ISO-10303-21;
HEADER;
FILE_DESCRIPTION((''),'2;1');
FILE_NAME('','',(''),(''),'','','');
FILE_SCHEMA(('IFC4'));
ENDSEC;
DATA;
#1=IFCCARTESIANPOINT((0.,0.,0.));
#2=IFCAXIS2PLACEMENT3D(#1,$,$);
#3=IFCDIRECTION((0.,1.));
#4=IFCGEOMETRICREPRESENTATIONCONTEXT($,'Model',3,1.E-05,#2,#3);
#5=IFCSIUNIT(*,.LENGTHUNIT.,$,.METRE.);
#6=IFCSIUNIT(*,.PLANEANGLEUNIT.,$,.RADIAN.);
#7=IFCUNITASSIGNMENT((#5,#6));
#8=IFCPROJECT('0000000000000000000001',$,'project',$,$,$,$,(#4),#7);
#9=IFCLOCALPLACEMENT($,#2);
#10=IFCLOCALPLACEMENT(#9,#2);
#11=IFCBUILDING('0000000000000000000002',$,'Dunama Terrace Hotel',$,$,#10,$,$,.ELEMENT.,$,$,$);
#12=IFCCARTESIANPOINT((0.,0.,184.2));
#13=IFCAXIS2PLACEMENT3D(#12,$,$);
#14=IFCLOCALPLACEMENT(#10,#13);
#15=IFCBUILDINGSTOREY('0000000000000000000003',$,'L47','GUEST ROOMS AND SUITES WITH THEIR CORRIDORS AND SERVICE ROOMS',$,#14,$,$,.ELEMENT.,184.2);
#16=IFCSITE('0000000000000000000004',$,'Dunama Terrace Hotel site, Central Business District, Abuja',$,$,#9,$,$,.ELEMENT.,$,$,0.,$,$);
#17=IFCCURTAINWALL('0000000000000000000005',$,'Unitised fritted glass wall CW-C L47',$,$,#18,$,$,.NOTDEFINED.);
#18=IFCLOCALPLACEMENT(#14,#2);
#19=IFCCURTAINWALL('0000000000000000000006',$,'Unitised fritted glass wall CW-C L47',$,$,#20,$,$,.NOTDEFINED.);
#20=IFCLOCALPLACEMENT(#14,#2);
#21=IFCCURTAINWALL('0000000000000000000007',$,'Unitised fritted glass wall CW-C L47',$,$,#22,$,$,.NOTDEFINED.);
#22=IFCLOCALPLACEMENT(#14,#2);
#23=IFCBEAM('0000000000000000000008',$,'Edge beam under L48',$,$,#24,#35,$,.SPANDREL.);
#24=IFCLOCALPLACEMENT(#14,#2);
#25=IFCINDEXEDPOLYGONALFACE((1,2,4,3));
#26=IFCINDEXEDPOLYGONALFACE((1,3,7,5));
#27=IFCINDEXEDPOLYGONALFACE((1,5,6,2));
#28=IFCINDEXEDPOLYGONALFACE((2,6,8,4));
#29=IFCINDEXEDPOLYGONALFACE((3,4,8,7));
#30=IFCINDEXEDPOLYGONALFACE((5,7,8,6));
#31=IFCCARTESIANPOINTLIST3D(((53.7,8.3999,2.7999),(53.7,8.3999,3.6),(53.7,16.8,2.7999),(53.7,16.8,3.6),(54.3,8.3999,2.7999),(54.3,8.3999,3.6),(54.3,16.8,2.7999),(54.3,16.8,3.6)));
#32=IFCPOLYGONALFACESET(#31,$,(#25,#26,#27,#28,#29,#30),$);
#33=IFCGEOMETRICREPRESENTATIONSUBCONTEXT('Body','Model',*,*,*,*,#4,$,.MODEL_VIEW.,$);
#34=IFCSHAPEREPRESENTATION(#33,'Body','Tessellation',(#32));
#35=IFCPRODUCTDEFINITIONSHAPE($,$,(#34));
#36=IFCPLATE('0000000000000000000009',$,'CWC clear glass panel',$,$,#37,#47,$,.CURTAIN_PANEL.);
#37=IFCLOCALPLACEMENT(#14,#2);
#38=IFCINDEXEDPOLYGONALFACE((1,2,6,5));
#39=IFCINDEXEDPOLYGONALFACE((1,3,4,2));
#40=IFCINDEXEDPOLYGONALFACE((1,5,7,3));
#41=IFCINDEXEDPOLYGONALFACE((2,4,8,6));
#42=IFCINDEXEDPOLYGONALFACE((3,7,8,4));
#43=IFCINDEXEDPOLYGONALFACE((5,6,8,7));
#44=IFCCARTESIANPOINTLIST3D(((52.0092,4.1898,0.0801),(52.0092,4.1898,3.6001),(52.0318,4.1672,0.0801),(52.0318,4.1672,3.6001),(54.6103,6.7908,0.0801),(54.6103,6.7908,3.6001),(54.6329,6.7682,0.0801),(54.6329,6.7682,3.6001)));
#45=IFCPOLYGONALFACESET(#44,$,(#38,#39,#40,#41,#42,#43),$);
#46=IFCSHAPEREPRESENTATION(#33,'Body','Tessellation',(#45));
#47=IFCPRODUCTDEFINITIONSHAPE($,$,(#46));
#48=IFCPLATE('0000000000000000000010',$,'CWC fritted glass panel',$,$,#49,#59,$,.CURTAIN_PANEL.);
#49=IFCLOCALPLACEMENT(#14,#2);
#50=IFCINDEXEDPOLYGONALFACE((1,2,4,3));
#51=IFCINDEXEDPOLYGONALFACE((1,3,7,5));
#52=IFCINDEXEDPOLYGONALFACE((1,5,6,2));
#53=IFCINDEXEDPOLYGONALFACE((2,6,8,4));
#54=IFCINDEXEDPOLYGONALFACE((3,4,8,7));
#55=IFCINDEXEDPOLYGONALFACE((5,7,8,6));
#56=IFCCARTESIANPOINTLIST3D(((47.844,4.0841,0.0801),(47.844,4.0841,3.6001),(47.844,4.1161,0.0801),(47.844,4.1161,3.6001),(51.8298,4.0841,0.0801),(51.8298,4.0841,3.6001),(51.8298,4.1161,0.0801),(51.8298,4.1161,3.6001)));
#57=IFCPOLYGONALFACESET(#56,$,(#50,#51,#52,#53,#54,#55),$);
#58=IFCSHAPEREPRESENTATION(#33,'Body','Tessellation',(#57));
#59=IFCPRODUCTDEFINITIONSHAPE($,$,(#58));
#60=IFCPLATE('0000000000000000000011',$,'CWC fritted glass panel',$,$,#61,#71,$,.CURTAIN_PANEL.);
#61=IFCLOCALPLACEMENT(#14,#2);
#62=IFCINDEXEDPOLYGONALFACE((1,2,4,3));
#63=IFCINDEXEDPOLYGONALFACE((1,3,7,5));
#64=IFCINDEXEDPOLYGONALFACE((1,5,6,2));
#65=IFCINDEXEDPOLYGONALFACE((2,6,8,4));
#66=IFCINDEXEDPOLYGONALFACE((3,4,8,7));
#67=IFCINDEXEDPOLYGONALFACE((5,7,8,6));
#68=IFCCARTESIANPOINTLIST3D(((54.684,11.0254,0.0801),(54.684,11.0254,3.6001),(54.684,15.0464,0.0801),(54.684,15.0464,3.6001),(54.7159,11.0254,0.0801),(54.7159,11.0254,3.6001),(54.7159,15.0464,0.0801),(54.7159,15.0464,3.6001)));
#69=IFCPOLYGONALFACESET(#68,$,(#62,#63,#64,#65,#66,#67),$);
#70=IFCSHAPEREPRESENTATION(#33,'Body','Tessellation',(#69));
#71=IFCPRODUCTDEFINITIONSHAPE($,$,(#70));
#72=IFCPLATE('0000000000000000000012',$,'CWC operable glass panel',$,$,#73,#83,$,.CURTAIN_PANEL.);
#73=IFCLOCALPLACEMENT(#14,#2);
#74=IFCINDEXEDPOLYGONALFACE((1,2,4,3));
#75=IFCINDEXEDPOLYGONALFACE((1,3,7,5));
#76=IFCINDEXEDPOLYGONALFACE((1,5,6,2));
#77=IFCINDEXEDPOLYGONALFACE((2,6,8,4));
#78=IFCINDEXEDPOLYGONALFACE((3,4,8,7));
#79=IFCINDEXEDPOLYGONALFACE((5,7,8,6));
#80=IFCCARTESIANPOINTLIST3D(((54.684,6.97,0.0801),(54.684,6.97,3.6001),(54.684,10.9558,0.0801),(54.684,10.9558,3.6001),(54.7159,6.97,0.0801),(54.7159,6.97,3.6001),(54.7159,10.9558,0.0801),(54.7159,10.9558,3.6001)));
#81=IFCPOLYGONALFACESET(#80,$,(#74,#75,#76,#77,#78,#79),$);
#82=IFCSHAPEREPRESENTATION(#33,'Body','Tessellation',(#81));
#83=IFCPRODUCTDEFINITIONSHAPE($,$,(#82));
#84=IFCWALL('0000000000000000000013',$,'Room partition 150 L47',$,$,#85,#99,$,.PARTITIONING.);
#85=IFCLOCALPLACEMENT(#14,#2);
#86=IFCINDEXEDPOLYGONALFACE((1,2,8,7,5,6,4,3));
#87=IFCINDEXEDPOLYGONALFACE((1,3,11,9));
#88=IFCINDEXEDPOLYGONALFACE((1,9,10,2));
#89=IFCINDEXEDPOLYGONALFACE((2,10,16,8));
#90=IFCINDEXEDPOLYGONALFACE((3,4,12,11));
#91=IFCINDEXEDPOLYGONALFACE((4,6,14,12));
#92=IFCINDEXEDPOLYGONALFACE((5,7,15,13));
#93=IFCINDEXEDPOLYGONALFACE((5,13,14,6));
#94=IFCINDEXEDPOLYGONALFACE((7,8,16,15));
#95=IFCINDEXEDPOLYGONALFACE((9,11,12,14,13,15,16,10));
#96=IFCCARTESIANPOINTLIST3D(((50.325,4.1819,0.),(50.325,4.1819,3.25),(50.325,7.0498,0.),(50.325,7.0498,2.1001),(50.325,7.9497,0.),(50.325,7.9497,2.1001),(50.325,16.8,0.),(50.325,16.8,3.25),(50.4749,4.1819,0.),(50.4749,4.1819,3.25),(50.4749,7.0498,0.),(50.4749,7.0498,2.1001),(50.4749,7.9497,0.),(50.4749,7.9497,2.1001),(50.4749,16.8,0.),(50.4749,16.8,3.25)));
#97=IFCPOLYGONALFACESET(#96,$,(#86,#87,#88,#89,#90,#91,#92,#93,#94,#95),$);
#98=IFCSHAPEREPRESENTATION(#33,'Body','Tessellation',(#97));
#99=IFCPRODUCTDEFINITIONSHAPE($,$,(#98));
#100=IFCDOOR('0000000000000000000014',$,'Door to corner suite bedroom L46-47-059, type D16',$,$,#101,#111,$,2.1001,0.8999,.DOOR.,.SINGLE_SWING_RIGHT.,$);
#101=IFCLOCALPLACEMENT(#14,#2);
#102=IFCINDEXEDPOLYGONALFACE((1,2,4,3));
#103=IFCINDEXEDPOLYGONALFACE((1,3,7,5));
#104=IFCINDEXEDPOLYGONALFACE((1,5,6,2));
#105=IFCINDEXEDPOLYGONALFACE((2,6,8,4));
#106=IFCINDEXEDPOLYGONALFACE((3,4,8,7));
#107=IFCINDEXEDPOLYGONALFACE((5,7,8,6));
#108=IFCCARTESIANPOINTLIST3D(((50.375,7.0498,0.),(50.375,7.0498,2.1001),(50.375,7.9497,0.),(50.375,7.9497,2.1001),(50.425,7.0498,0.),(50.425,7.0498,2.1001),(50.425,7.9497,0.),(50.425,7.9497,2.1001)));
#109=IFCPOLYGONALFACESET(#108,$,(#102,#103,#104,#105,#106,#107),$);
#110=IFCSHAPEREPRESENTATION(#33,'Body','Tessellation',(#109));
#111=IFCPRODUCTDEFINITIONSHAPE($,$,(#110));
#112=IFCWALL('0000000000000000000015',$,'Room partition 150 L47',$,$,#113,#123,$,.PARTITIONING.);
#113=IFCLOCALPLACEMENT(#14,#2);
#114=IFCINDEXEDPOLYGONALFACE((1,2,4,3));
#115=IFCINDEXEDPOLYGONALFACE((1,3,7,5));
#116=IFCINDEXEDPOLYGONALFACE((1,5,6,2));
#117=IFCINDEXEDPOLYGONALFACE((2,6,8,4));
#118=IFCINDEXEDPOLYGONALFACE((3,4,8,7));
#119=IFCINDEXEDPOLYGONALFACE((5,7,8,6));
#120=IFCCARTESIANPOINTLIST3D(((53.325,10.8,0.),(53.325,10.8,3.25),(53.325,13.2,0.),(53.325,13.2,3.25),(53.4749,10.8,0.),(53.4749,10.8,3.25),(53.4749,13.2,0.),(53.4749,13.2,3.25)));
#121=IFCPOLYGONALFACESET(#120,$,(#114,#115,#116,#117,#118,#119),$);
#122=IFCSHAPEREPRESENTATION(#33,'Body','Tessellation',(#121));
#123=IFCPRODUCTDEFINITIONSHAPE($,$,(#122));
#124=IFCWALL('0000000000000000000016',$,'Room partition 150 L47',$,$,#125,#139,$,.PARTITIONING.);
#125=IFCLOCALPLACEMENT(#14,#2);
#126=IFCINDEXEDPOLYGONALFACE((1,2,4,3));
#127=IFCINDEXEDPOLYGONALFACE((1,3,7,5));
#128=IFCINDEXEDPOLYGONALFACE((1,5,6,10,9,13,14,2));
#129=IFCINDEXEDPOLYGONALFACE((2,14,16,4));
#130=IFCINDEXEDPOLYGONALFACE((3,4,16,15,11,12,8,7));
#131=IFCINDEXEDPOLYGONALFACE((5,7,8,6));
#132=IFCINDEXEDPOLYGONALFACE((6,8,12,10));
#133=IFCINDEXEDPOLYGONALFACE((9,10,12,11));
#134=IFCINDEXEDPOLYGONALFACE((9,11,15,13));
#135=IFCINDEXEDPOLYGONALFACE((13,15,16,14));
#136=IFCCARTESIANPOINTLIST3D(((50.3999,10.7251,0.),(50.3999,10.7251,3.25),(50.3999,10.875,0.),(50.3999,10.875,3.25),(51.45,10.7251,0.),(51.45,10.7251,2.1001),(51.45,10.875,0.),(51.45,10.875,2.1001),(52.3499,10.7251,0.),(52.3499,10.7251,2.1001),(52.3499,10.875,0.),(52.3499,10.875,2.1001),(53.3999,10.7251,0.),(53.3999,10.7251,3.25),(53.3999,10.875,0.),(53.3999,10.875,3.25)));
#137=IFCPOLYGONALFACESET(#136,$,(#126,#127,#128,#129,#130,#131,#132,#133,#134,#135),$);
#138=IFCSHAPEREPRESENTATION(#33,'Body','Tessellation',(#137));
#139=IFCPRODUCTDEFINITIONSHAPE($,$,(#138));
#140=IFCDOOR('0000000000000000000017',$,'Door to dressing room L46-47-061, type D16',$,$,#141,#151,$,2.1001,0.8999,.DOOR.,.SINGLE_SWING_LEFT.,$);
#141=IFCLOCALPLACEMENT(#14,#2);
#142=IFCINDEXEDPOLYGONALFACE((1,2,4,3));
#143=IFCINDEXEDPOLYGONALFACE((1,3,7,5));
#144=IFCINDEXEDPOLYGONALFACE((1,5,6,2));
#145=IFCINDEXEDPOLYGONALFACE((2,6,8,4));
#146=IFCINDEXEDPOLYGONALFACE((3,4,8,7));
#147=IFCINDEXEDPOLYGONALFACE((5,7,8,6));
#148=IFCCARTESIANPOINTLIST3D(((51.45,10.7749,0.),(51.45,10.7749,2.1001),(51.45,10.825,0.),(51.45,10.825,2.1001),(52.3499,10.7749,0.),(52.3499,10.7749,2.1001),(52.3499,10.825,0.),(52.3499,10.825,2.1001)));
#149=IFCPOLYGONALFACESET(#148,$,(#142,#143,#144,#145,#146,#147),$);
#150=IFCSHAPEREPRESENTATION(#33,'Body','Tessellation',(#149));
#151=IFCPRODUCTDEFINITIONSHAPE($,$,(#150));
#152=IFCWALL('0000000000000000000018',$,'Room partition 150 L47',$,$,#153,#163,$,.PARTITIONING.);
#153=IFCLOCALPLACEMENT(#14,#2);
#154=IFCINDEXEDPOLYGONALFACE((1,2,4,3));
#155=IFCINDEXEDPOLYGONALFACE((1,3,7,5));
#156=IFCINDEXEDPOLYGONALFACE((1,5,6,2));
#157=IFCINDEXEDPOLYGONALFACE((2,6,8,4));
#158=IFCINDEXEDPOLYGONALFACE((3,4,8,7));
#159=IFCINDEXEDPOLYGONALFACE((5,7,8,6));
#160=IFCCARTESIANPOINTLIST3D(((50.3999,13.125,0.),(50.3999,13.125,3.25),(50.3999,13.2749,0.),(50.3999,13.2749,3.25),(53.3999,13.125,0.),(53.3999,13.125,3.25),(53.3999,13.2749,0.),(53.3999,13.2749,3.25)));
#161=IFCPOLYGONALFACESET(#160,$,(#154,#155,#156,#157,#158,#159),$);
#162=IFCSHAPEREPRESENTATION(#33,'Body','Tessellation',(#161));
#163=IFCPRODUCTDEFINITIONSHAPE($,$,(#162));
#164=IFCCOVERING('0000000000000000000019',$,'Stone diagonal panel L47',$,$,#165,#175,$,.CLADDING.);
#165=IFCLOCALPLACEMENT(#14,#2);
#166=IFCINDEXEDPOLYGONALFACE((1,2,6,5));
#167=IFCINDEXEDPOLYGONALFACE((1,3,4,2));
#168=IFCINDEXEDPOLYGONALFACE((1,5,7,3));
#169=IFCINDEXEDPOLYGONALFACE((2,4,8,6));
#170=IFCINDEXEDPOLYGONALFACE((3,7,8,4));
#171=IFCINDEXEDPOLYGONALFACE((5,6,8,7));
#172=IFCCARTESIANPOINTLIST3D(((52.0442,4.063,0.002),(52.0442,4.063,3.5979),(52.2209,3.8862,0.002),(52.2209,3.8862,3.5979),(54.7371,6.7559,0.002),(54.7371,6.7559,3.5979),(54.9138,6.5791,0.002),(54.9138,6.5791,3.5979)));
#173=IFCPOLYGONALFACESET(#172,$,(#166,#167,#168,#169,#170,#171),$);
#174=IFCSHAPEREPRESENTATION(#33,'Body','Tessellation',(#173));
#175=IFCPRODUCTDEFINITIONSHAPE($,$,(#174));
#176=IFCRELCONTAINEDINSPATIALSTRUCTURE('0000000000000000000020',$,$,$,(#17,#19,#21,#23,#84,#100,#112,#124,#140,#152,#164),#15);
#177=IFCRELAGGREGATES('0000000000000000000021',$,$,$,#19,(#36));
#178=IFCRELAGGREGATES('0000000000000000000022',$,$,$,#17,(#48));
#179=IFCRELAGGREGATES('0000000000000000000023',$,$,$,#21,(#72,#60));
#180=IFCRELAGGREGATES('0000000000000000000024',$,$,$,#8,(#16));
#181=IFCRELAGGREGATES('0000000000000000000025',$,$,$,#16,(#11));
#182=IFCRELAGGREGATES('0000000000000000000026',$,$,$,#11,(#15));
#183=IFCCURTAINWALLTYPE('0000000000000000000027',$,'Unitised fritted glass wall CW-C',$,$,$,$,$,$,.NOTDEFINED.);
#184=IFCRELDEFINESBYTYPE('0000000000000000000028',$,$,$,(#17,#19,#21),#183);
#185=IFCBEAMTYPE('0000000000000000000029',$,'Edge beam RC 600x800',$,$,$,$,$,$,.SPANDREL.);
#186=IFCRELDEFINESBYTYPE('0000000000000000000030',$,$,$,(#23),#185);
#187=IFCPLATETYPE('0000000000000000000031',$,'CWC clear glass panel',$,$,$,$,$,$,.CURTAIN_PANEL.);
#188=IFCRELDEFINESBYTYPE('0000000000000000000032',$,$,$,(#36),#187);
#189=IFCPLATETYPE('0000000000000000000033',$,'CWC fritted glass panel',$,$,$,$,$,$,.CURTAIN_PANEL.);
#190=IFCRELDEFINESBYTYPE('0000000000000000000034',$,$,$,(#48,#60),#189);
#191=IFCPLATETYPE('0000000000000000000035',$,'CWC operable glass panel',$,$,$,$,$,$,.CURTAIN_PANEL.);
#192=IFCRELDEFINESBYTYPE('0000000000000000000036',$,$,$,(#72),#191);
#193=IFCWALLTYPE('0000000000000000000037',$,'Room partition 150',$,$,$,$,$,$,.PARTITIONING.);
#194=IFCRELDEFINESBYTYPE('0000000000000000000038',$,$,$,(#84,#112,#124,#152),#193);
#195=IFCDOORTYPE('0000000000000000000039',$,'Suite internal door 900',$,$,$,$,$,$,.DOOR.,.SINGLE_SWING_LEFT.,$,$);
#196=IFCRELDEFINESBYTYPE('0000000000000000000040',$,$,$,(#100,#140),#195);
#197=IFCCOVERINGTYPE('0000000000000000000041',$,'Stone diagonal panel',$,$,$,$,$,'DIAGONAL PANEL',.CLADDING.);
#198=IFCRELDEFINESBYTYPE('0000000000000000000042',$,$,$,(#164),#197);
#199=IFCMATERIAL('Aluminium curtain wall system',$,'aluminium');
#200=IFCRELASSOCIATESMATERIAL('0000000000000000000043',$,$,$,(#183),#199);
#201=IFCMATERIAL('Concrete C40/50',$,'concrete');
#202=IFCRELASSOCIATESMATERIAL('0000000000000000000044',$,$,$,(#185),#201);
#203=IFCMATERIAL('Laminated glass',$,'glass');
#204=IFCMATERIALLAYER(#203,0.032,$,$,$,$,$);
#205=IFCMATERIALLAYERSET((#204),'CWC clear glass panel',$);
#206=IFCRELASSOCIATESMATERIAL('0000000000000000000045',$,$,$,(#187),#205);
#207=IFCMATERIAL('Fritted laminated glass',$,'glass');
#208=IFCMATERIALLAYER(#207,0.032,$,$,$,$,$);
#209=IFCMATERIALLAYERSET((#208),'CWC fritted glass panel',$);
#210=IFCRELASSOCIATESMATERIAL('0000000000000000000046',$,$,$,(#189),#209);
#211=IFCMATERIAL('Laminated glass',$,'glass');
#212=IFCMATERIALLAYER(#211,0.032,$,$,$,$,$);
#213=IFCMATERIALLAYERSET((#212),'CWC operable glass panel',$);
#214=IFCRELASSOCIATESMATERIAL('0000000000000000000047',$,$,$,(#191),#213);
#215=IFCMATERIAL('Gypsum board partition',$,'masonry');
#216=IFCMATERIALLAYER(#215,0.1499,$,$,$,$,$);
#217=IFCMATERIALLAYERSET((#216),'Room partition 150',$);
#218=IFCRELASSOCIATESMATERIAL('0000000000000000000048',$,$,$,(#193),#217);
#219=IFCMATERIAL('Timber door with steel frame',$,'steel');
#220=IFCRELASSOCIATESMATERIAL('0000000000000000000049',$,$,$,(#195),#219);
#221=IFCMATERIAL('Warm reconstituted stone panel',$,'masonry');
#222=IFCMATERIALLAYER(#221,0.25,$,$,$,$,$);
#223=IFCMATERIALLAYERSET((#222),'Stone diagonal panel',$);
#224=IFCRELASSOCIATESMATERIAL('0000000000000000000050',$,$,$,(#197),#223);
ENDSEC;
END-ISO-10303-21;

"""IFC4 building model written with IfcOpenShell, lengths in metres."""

from ifc_helpers import new_model, si_unit, direction, frame, frame_2d, origin, origin_2d, place, context, subcontext, project, spatial, rectangle, extrude, material, layer, layer_set, material_profile, profile_set, type_object, element, fill, aggregate, save


model = new_model("IFC4")

# Units and contexts
model_context = context("Model", 3, precision=1e-05, world=origin(), true_north=direction((0.0, 1.0)))
body_context = subcontext(model_context, "Body", "Model", "MODEL_VIEW")
ifc_project = project(units=[si_unit("LENGTHUNIT", "METRE"), si_unit("PLANEANGLEUNIT", "RADIAN")], contexts=[model_context])

# Site, building, storey
site_placement = place(None, origin())
site = spatial("IfcSite", under=ifc_project, at=site_placement, Name="Dunama Terrace Hotel site, Central Business District, Abuja", CompositionType="ELEMENT", RefElevation=0.0)
building_placement = place(site_placement, origin())
building = spatial("IfcBuilding", under=site, at=building_placement, Name="Dunama Terrace Hotel", CompositionType="ELEMENT")
storey_placement = place(building_placement, frame((0.0, 0.0, 184.2)))
storey = spatial("IfcBuildingStorey", under=building, at=storey_placement, Name="L47", Description="GUEST ROOMS AND SUITES WITH THEIR CORRIDORS AND SERVICE ROOMS", CompositionType="ELEMENT", Elevation=184.2)

# Curtain walls
ifc_material_1 = material(Name="Aluminium curtain wall system", Category="aluminium")
curtain_wall_type = type_object("IfcCurtainWallType", Name="Unitised fritted glass wall CW-C", PredefinedType="NOTDEFINED", material=ifc_material_1)
curtain_wall_1_placement = place(storey_placement, origin())
curtain_wall_1 = element("IfcCurtainWall", 1, at=curtain_wall_1_placement, inside=storey, type_object=curtain_wall_type, Name="Unitised fritted glass wall CW-C L47", PredefinedType="NOTDEFINED")
curtain_wall_2_placement = place(storey_placement, origin())
curtain_wall_2 = element("IfcCurtainWall", 2, at=curtain_wall_2_placement, inside=storey, type_object=curtain_wall_type, Name="Unitised fritted glass wall CW-C L47", PredefinedType="NOTDEFINED")
curtain_wall_3_placement = place(storey_placement, origin())
curtain_wall_3 = element("IfcCurtainWall", 3, at=curtain_wall_3_placement, inside=storey, type_object=curtain_wall_type, Name="Unitised fritted glass wall CW-C L47", PredefinedType="NOTDEFINED")

# Beam
ifc_material_2 = material(Name="Concrete C40/50", Category="concrete")
ifc_material_profile_1 = material_profile(ifc_material_2, rectangle(XDim=0.6001, YDim=0.8, at=origin_2d()), Name="RC 600x800")
ifc_profile_set_1 = profile_set([ifc_material_profile_1], Name="Concrete C40/50")
beam_type_1 = type_object("IfcBeamType", Name="Edge beam RC 600x800", PredefinedType="SPANDREL", material=ifc_profile_set_1)
beam_1_placement = place(storey_placement, frame((54.0, 8.3999, 3.2), z_axis=(0.0, 1.0, 0.0), x_axis=(-1.0, 0.0, 0.0)))
element("IfcBeam", 4, at=beam_1_placement, inside=storey, type_object=beam_type_1, Name="Edge beam under L48", PredefinedType="SPANDREL", context=body_context, shape_type="SweptSolid", body=[
    extrude(rectangle(XDim=0.6001, YDim=0.8, at=origin_2d()), origin(), (0.0, 0.0, 1.0), 8.4001),
])

# Plates
ifc_material_3 = material(Name="Laminated glass", Category="glass")
ifc_layer_1 = layer(ifc_material_3, 0.032)
ifc_layer_set_1 = layer_set([ifc_layer_1], Name="CWC clear glass panel")
plate_type_1 = type_object("IfcPlateType", Name="CWC clear glass panel", PredefinedType="CURTAIN_PANEL", material=ifc_layer_set_1)
plate_1_placement = place(storey_placement, frame((53.321, 5.479, 0.0801), z_axis=(0.0, 0.0, 1.0), x_axis=(0.707107, 0.707107, 0.0)))
plate_1 = element("IfcPlate", 5, at=plate_1_placement, type_object=plate_type_1, Name="CWC clear glass panel", PredefinedType="CURTAIN_PANEL", context=body_context, shape_type="SweptSolid", body=[
    extrude(rectangle(XDim=3.6785, YDim=0.032, at=origin_2d()), origin(), (0.0, 0.0, 1.0), 3.52),
])
aggregate(curtain_wall_2, [plate_1])
ifc_material_4 = material(Name="Fritted laminated glass", Category="glass")
ifc_layer_2 = layer(ifc_material_4, 0.032)
ifc_layer_set_2 = layer_set([ifc_layer_2], Name="CWC fritted glass panel")
plate_type_2 = type_object("IfcPlateType", Name="CWC fritted glass panel", PredefinedType="CURTAIN_PANEL", material=ifc_layer_set_2)
plate_2_placement = place(storey_placement, frame((49.8369, 4.1001, 0.0801), z_axis=(0.0, 0.0, 1.0), x_axis=(1.0, 0.0, 0.0)))
plate_2 = element("IfcPlate", 6, at=plate_2_placement, type_object=plate_type_2, Name="CWC fritted glass panel", PredefinedType="CURTAIN_PANEL", context=body_context, shape_type="SweptSolid", body=[
    extrude(rectangle(XDim=3.9858, YDim=0.032, at=origin_2d()), origin(), (0.0, 0.0, 1.0), 3.52),
])
aggregate(curtain_wall_1, [plate_2])
plate_3_placement = place(storey_placement, frame((54.7, 13.0359, 0.0801), z_axis=(0.0, 0.0, 1.0), x_axis=(0.0, 1.0, 0.0)))
plate_3 = element("IfcPlate", 7, at=plate_3_placement, type_object=plate_type_2, Name="CWC fritted glass panel", PredefinedType="CURTAIN_PANEL", context=body_context, shape_type="SweptSolid", body=[
    extrude(rectangle(XDim=4.021, YDim=0.032, at=origin_2d()), origin(), (0.0, 0.0, 1.0), 3.52),
])
ifc_material_5 = material(Name="Laminated glass", Category="glass")
ifc_layer_3 = layer(ifc_material_5, 0.032)
ifc_layer_set_3 = layer_set([ifc_layer_3], Name="CWC operable glass panel")
plate_type_3 = type_object("IfcPlateType", Name="CWC operable glass panel", PredefinedType="CURTAIN_PANEL", material=ifc_layer_set_3)
plate_4_placement = place(storey_placement, frame((54.7, 8.9629, 0.0801), z_axis=(0.0, 0.0, 1.0), x_axis=(0.0, 1.0, 0.0)))
plate_4 = element("IfcPlate", 8, at=plate_4_placement, type_object=plate_type_3, Name="CWC operable glass panel", PredefinedType="CURTAIN_PANEL", context=body_context, shape_type="SweptSolid", body=[
    extrude(rectangle(XDim=3.9858, YDim=0.032, at=origin_2d()), origin(), (0.0, 0.0, 1.0), 3.52),
])
aggregate(curtain_wall_3, [plate_4, plate_3])

# Wall, opening, door
ifc_material_6 = material(Name="Gypsum board partition", Category="masonry")
ifc_layer_4 = layer(ifc_material_6, 0.1499)
ifc_layer_set_4 = layer_set([ifc_layer_4], Name="Room partition 150")
wall_type = type_object("IfcWallType", Name="Room partition 150", PredefinedType="PARTITIONING", material=ifc_layer_set_4)
wall_1_placement = place(storey_placement, frame((50.3999, 4.1819, 0.0), z_axis=(0.0, 0.0, 1.0), x_axis=(0.0, 1.0, 0.0)))
wall_1 = element("IfcWall", 9, at=wall_1_placement, inside=storey, type_object=wall_type, Name="Room partition 150 L47", PredefinedType="PARTITIONING", context=body_context, shape_type="SweptSolid", body=[
    extrude(rectangle(XDim=12.6182, YDim=0.1499, at=frame_2d((6.3091, 0.0))), origin(), (0.0, 0.0, 1.0), 3.25),
])
opening_1_placement = place(wall_1_placement, frame((2.8679, 0.0, 0.0)))
opening_1 = element("IfcOpeningElement", 10, at=opening_1_placement, cuts=wall_1, PredefinedType="OPENING", context=body_context, shape_type="SweptSolid", body=[
    extrude(rectangle(XDim=0.8999, YDim=2.1001, at=frame_2d((0.45, 1.05))), frame((0.0, 0.085, 0.0), z_axis=(0.0, -1.0, 0.0), x_axis=(1.0, 0.0, 0.0)), (0.0, 0.0, 1.0), 0.1699),
])
ifc_material_7 = material(Name="Timber door with steel frame", Category="steel")
door_type = type_object("IfcDoorType", Name="Suite internal door 900", OperationType="SINGLE_SWING_LEFT", PredefinedType="DOOR", material=ifc_material_7)
door_1_placement = place(opening_1_placement, frame((0.8999, 0.0, 0.0), z_axis=(0.0, 0.0, 1.0), x_axis=(-1.0, 0.0, 0.0)))
door_1 = element("IfcDoor", 11, at=door_1_placement, inside=storey, type_object=door_type, Name="Door to corner suite bedroom L46-47-059, type D16", OperationType="SINGLE_SWING_RIGHT", OverallHeight=2.1001, OverallWidth=0.8999, PredefinedType="DOOR", context=body_context, shape_type="SweptSolid", body=[
    extrude(rectangle(XDim=0.8999, YDim=2.1001, at=frame_2d((0.45, 1.05))), frame((0.0, 0.0251, 0.0), z_axis=(0.0, -1.0, 0.0), x_axis=(1.0, 0.0, 0.0)), (0.0, 0.0, 1.0), 0.05),
])
fill(opening_1, door_1)

# Wall
wall_2_placement = place(storey_placement, frame((53.3999, 10.8, 0.0), z_axis=(0.0, 0.0, 1.0), x_axis=(0.0, 1.0, 0.0)))
element("IfcWall", 12, at=wall_2_placement, inside=storey, type_object=wall_type, Name="Room partition 150 L47", PredefinedType="PARTITIONING", context=body_context, shape_type="SweptSolid", body=[
    extrude(rectangle(XDim=2.3999, YDim=0.1499, at=frame_2d((1.2, 0.0))), origin(), (0.0, 0.0, 1.0), 3.25),
])

# Wall, opening, door
wall_3_placement = place(storey_placement, frame((50.3999, 10.8, 0.0), z_axis=(0.0, 0.0, 1.0), x_axis=(1.0, 0.0, 0.0)))
wall_3 = element("IfcWall", 13, at=wall_3_placement, inside=storey, type_object=wall_type, Name="Room partition 150 L47", PredefinedType="PARTITIONING", context=body_context, shape_type="SweptSolid", body=[
    extrude(rectangle(XDim=3.0, YDim=0.1499, at=frame_2d((1.5, 0.0))), origin(), (0.0, 0.0, 1.0), 3.25),
])
opening_2_placement = place(wall_3_placement, frame((1.05, 0.0, 0.0)))
opening_2 = element("IfcOpeningElement", 14, at=opening_2_placement, cuts=wall_3, PredefinedType="OPENING", context=body_context, shape_type="SweptSolid", body=[
    extrude(rectangle(XDim=0.8999, YDim=2.1001, at=frame_2d((0.45, 1.05))), frame((0.0, 0.085, 0.0), z_axis=(0.0, -1.0, 0.0), x_axis=(1.0, 0.0, 0.0)), (0.0, 0.0, 1.0), 0.1699),
])
door_2_placement = place(opening_2_placement, origin())
door_2 = element("IfcDoor", 15, at=door_2_placement, inside=storey, type_object=door_type, Name="Door to dressing room L46-47-061, type D16", OperationType="SINGLE_SWING_LEFT", OverallHeight=2.1001, OverallWidth=0.8999, PredefinedType="DOOR", context=body_context, shape_type="SweptSolid", body=[
    extrude(rectangle(XDim=0.8999, YDim=2.1001, at=frame_2d((0.45, 1.05))), frame((0.0, 0.0249, 0.0), z_axis=(0.0, -1.0, 0.0), x_axis=(1.0, 0.0, 0.0)), (0.0, 0.0, 1.0), 0.05),
])
fill(opening_2, door_2)

# Wall
wall_4_placement = place(storey_placement, frame((50.3999, 13.2, 0.0), z_axis=(0.0, 0.0, 1.0), x_axis=(1.0, 0.0, 0.0)))
element("IfcWall", 16, at=wall_4_placement, inside=storey, type_object=wall_type, Name="Room partition 150 L47", PredefinedType="PARTITIONING", context=body_context, shape_type="SweptSolid", body=[
    extrude(rectangle(XDim=3.0, YDim=0.1499, at=frame_2d((1.5, 0.0))), origin(), (0.0, 0.0, 1.0), 3.25),
])

# Covering
ifc_material_8 = material(Name="Warm reconstituted stone panel", Category="masonry")
ifc_layer_5 = layer(ifc_material_8, 0.25)
ifc_layer_set_5 = layer_set([ifc_layer_5], Name="Stone diagonal panel")
covering_type = type_object("IfcCoveringType", Name="Stone diagonal panel", ElementType="DIAGONAL PANEL", PredefinedType="CLADDING", material=ifc_layer_set_5)
covering_1_placement = place(storey_placement, frame((53.479, 5.321, 0.002), z_axis=(0.0, 0.0, 1.0), x_axis=(0.707107, 0.707107, 0.0)))
element("IfcCovering", 17, at=covering_1_placement, inside=storey, type_object=covering_type, Name="Stone diagonal panel L47", PredefinedType="CLADDING", context=body_context, shape_type="SweptSolid", body=[
    extrude(rectangle(XDim=3.8083, YDim=0.25, at=origin_2d()), origin(), (0.0, 0.0, 1.0), 3.5959),
])

save(model, "model.ifc")
